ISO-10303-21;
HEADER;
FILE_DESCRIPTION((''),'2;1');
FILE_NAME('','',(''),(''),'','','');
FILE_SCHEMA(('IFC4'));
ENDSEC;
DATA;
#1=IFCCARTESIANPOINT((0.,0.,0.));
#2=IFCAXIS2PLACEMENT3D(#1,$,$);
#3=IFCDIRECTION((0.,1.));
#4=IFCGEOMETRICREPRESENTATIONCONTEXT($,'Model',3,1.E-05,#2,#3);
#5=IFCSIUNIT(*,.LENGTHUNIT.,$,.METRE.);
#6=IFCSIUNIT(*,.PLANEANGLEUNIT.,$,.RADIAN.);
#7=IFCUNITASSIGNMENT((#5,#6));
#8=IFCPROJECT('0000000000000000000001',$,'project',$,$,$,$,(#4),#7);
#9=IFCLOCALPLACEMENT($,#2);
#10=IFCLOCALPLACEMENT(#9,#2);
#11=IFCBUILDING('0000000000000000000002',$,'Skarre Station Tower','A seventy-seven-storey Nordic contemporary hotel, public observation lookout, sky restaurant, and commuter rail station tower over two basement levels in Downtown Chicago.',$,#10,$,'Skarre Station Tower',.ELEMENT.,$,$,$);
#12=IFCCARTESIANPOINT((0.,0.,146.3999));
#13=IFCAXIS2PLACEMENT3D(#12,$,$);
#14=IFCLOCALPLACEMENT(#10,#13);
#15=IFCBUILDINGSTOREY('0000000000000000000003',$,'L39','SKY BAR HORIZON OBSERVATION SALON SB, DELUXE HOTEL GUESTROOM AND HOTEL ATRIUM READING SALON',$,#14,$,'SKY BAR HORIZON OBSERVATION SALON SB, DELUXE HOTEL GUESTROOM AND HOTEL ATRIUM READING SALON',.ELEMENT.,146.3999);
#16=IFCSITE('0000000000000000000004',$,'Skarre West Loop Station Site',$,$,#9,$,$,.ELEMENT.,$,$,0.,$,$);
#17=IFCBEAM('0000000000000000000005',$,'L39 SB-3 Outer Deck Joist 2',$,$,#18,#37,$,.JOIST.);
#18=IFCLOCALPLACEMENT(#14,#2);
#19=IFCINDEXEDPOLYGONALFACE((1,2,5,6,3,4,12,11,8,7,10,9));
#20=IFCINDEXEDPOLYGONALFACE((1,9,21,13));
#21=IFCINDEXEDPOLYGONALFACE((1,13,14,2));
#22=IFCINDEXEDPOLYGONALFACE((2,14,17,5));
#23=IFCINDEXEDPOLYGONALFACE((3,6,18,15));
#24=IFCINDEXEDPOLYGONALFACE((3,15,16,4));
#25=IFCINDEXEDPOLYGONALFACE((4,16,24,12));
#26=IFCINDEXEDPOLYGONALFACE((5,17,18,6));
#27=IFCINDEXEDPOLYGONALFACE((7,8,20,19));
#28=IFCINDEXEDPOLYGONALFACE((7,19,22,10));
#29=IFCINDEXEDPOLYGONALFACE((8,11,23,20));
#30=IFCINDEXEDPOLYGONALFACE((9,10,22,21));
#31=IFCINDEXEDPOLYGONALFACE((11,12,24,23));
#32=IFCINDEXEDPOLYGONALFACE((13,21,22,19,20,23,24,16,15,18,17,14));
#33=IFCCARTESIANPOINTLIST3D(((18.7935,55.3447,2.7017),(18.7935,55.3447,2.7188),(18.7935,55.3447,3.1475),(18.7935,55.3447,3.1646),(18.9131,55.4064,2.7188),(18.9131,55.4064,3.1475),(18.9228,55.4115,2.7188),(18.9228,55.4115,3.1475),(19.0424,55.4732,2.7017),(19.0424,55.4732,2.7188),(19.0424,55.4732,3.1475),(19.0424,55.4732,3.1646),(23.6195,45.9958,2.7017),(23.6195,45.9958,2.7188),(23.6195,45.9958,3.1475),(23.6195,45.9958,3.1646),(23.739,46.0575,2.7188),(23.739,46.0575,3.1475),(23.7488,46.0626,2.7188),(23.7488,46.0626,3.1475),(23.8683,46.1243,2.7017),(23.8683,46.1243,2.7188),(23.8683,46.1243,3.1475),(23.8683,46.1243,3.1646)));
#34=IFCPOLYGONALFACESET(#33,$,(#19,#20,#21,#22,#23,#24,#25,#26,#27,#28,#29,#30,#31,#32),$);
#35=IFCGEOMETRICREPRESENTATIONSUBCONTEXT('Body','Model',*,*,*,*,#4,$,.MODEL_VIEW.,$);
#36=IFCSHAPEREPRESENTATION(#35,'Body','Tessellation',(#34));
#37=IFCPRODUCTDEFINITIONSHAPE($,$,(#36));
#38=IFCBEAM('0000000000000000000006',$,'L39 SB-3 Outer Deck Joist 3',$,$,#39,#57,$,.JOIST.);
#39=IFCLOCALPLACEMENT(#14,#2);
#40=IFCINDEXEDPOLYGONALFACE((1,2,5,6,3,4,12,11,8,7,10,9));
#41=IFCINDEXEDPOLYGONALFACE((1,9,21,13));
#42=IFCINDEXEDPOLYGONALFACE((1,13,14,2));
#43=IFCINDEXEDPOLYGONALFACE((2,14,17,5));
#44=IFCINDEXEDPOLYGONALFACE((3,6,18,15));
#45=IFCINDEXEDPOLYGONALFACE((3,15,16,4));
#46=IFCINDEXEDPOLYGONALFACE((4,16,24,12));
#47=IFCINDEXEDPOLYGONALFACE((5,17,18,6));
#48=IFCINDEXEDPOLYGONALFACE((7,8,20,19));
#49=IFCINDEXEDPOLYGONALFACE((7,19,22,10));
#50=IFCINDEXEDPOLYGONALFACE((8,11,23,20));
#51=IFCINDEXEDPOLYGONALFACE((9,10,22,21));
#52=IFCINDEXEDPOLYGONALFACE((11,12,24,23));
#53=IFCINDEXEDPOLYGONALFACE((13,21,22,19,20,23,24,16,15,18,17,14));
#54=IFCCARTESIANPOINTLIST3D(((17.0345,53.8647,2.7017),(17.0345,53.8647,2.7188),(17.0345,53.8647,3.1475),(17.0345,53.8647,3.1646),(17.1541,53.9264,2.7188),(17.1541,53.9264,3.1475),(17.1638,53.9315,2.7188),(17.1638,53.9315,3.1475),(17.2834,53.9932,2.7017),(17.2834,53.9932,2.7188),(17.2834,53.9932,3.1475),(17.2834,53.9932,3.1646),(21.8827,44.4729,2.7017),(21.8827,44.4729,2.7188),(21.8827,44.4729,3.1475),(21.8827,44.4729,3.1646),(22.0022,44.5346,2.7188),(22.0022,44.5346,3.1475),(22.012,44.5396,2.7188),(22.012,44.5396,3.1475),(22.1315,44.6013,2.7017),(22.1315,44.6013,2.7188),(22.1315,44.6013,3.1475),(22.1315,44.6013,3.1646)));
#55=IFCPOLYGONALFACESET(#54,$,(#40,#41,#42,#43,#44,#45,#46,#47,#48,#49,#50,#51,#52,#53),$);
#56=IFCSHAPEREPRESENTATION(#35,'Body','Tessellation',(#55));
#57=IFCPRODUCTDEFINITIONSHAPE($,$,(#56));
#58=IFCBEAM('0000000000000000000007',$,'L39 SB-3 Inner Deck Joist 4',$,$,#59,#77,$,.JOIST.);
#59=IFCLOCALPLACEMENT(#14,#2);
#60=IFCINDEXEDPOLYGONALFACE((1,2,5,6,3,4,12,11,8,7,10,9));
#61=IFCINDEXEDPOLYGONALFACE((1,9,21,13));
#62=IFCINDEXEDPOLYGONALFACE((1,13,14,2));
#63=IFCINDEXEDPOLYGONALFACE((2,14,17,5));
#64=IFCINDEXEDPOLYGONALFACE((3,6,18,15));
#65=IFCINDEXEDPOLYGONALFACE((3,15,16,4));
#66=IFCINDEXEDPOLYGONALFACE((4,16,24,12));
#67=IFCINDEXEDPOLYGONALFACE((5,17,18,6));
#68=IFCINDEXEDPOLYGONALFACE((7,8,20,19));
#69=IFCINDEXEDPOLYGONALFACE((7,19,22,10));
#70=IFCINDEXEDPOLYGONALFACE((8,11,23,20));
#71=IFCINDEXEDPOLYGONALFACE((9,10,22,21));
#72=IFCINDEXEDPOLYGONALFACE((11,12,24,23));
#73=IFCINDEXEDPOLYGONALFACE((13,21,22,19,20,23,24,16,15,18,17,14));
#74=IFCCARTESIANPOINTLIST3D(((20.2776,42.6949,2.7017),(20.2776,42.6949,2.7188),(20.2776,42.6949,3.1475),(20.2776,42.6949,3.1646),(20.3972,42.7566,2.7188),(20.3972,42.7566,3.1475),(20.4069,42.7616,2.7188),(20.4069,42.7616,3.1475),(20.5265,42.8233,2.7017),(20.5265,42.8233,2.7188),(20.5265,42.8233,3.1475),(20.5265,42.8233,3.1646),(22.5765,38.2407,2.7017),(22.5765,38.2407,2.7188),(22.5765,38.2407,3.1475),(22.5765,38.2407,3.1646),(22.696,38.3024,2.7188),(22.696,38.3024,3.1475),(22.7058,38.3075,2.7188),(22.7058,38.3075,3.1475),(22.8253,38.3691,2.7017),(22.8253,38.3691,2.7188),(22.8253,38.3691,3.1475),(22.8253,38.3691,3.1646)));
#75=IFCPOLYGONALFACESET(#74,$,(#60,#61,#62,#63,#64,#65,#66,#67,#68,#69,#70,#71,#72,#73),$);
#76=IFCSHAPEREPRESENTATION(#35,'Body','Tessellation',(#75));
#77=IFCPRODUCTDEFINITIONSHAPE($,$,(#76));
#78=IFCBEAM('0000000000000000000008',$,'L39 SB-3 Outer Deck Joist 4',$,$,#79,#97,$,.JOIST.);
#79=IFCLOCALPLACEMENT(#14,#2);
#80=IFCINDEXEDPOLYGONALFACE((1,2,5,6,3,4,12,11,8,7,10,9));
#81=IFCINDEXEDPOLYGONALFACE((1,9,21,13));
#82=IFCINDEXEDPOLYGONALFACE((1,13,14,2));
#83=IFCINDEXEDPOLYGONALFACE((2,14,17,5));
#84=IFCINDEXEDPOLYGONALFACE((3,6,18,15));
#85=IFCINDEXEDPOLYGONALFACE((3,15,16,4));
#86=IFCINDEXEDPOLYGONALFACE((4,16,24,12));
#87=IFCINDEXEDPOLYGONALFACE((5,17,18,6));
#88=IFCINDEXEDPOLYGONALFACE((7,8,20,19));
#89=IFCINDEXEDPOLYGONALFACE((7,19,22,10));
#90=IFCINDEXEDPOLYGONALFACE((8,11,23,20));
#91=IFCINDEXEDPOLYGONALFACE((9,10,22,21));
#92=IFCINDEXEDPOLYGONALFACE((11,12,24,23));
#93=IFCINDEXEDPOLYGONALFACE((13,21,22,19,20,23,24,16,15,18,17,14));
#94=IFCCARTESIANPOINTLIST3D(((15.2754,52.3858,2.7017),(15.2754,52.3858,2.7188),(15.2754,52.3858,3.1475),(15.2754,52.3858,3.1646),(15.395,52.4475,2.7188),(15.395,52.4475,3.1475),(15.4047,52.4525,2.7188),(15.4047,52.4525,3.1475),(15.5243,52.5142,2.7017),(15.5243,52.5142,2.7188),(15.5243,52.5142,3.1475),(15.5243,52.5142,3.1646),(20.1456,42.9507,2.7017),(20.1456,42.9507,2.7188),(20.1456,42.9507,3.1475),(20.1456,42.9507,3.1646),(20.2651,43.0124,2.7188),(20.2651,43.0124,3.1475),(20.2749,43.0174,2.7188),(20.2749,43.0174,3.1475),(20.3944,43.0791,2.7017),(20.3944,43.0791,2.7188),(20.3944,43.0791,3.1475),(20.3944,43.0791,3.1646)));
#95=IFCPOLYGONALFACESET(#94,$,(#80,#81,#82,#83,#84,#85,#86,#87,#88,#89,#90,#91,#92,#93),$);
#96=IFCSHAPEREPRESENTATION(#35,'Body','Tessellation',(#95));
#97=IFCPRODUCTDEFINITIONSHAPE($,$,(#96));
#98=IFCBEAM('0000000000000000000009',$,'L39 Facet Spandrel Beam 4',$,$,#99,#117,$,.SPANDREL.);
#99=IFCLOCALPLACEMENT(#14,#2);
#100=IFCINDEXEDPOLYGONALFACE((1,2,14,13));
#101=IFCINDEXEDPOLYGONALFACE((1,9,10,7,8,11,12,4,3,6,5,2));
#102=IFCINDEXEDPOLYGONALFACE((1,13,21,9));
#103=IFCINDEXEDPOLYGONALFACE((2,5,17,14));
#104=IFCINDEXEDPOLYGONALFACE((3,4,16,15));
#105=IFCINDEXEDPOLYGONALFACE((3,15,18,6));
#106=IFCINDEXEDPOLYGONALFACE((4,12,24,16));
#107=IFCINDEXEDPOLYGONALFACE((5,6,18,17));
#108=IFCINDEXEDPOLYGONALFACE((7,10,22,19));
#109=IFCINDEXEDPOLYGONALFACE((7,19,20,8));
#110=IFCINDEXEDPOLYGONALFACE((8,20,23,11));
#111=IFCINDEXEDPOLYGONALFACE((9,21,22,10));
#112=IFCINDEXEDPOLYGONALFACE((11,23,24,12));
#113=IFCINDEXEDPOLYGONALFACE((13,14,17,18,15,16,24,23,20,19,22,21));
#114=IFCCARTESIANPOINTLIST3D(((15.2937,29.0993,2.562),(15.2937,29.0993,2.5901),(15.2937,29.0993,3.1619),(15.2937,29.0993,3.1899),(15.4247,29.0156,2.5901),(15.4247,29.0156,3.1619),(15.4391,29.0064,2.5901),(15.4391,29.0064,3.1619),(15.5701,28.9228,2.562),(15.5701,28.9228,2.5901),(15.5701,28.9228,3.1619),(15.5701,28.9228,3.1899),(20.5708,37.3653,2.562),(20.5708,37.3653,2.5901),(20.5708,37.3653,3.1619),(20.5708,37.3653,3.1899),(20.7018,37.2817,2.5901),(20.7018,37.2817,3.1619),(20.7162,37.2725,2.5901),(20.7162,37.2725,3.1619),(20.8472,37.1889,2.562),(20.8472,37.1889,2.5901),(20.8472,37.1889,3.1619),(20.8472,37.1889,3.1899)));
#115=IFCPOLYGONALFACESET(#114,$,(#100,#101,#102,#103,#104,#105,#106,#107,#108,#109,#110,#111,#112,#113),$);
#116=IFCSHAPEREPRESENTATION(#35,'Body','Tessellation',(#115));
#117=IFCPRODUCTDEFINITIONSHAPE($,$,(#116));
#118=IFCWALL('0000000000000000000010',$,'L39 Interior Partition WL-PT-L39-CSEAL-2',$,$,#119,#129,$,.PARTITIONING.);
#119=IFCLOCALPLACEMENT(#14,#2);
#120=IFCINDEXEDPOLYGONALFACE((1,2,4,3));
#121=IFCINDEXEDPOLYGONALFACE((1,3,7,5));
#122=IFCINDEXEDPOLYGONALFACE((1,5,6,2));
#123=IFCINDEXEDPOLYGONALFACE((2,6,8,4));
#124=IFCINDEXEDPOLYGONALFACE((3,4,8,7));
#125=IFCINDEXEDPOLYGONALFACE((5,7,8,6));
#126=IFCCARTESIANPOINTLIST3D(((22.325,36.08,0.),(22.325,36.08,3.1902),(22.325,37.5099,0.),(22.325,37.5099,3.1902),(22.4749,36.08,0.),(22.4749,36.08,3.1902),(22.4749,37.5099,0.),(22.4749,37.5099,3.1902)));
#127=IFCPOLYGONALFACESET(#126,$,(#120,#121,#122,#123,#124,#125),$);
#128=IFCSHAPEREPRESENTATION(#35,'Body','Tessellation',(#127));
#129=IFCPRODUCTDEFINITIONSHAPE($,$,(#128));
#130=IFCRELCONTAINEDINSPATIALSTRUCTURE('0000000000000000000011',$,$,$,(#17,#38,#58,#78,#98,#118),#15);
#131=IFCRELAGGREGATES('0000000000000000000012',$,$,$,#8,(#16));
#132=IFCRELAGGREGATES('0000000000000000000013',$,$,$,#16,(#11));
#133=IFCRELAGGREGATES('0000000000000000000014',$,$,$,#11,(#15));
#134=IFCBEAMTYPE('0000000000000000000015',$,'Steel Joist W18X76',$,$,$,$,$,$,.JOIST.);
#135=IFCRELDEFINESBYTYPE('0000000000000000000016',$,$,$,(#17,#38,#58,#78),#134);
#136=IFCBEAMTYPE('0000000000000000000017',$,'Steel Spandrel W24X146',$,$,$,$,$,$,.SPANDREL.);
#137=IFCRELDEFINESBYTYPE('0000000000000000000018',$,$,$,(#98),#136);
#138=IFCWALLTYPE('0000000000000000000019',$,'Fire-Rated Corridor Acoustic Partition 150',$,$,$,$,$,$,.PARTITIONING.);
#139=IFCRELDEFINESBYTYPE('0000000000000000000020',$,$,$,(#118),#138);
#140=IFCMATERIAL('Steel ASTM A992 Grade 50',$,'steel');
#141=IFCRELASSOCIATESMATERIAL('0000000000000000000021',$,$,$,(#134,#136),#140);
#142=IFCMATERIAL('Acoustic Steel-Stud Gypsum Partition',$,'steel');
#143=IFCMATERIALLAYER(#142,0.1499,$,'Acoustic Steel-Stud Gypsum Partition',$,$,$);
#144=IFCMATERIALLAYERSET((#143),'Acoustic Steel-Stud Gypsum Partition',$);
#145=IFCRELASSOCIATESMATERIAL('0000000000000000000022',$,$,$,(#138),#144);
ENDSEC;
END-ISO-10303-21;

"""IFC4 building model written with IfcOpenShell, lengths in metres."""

from ifc_helpers import new_model, si_unit, direction, frame, frame_2d, origin, origin_2d, place, context, subcontext, project, spatial, rectangle, i_section, extrude, material, layer, layer_set, material_profile, profile_set, type_object, element, save


model = new_model("IFC4")

# Units and contexts
model_context = context("Model", 3, precision=1e-05, world=origin(), true_north=direction((0.0, 1.0)))
body_context = subcontext(model_context, "Body", "Model", "MODEL_VIEW")
ifc_project = project(units=[si_unit("LENGTHUNIT", "METRE"), si_unit("PLANEANGLEUNIT", "RADIAN")], contexts=[model_context])

# Site, building, storey
site_placement = place(None, origin())
site = spatial("IfcSite", under=ifc_project, at=site_placement, Name="Skarre West Loop Station Site", CompositionType="ELEMENT", RefElevation=0.0)
building_placement = place(site_placement, origin())
building = spatial("IfcBuilding", under=site, at=building_placement, Name="Skarre Station Tower", Description="A seventy-seven-storey Nordic contemporary hotel, public observation lookout, sky restaurant, and commuter rail station tower over two basement levels in Downtown Chicago.", LongName="Skarre Station Tower", CompositionType="ELEMENT")
storey_placement = place(building_placement, frame((0.0, 0.0, 146.3999)))
storey = spatial("IfcBuildingStorey", under=building, at=storey_placement, Name="L39", Description="SKY BAR HORIZON OBSERVATION SALON SB, DELUXE HOTEL GUESTROOM AND HOTEL ATRIUM READING SALON", LongName="SKY BAR HORIZON OBSERVATION SALON SB, DELUXE HOTEL GUESTROOM AND HOTEL ATRIUM READING SALON", CompositionType="ELEMENT", Elevation=146.3999)

# Beams
ifc_material_1 = material(Name="Steel ASTM A992 Grade 50", Category="steel")
ifc_material_profile_1 = material_profile(ifc_material_1, i_section(OverallWidth=0.28, OverallDepth=0.4629, WebThickness=0.011, FlangeThickness=0.0171, at=origin_2d()), Name="Steel ASTM A992 Grade 50")
ifc_profile_set_1 = profile_set([ifc_material_profile_1], Name="Steel ASTM A992 Grade 50")
beam_type_1 = type_object("IfcBeamType", Name="Steel Joist W18X76", PredefinedType="JOIST", material=ifc_profile_set_1)
beam_1_placement = place(storey_placement, frame((23.7439, 46.0601, 2.9331), z_axis=(-0.458696, 0.888594, 0.0), x_axis=(-0.888594, -0.458696, 0.0)))
element("IfcBeam", 1, at=beam_1_placement, inside=storey, type_object=beam_type_1, Name="L39 SB-3 Outer Deck Joist 2", PredefinedType="JOIST", context=body_context, shape_type="SweptSolid", body=[
    extrude(i_section(OverallWidth=0.28, OverallDepth=0.4629, WebThickness=0.011, FlangeThickness=0.0171, at=origin_2d()), origin(), (0.0, 0.0, 1.0), 10.521),
])
beam_2_placement = place(storey_placement, frame((22.0071, 44.5371, 2.9331), z_axis=(-0.458698, 0.888592, 0.0), x_axis=(-0.888592, -0.458698, 0.0)))
element("IfcBeam", 2, at=beam_2_placement, inside=storey, type_object=beam_type_1, Name="L39 SB-3 Outer Deck Joist 3", PredefinedType="JOIST", context=body_context, shape_type="SweptSolid", body=[
    extrude(i_section(OverallWidth=0.28, OverallDepth=0.4629, WebThickness=0.011, FlangeThickness=0.0171, at=origin_2d()), origin(), (0.0, 0.0, 1.0), 10.5693),
])
beam_3_placement = place(storey_placement, frame((22.7009, 38.3049, 2.9331), z_axis=(-0.458633, 0.888626, 0.0), x_axis=(-0.888626, -0.458633, 0.0)))
element("IfcBeam", 3, at=beam_3_placement, inside=storey, type_object=beam_type_1, Name="L39 SB-3 Inner Deck Joist 4", PredefinedType="JOIST", context=body_context, shape_type="SweptSolid", body=[
    extrude(i_section(OverallWidth=0.28, OverallDepth=0.4629, WebThickness=0.011, FlangeThickness=0.0171, at=origin_2d()), origin(), (0.0, 0.0, 1.0), 5.0125),
])
beam_4_placement = place(storey_placement, frame((20.27, 43.0149, 2.9331), z_axis=(-0.458673, 0.888605, 0.0), x_axis=(-0.888605, -0.458673, 0.0)))
element("IfcBeam", 4, at=beam_4_placement, inside=storey, type_object=beam_type_1, Name="L39 SB-3 Outer Deck Joist 4", PredefinedType="JOIST", context=body_context, shape_type="SweptSolid", body=[
    extrude(i_section(OverallWidth=0.28, OverallDepth=0.4629, WebThickness=0.011, FlangeThickness=0.0171, at=origin_2d()), origin(), (0.0, 0.0, 1.0), 10.6179),
])
ifc_material_profile_2 = material_profile(ifc_material_1, i_section(OverallWidth=0.3279, OverallDepth=0.6279, WebThickness=0.0171, FlangeThickness=0.0281, at=origin_2d()), Name="Steel ASTM A992 Grade 50")
ifc_profile_set_2 = profile_set([ifc_material_profile_2], Name="Steel ASTM A992 Grade 50")
beam_type_2 = type_object("IfcBeamType", Name="Steel Spandrel W24X146", PredefinedType="SPANDREL", material=ifc_profile_set_2)
beam_5_placement = place(storey_placement, frame((20.709, 37.2771, 2.876), z_axis=(-0.538098, -0.842883, 0.0), x_axis=(0.842883, -0.538098, 0.0)))
element("IfcBeam", 5, at=beam_5_placement, inside=storey, type_object=beam_type_2, Name="L39 Facet Spandrel Beam 4", PredefinedType="SPANDREL", context=body_context, shape_type="SweptSolid", body=[
    extrude(i_section(OverallWidth=0.3279, OverallDepth=0.6279, WebThickness=0.0171, FlangeThickness=0.0281, at=origin_2d()), origin(), (0.0, 0.0, 1.0), 9.8069),
])

# Wall
ifc_material_2 = material(Name="Acoustic Steel-Stud Gypsum Partition", Category="steel")
ifc_layer_1 = layer(ifc_material_2, 0.1499, Name="Acoustic Steel-Stud Gypsum Partition")
ifc_layer_set_1 = layer_set([ifc_layer_1], Name="Acoustic Steel-Stud Gypsum Partition")
wall_type_1 = type_object("IfcWallType", Name="Fire-Rated Corridor Acoustic Partition 150", PredefinedType="PARTITIONING", material=ifc_layer_set_1)
wall_1_placement = place(storey_placement, frame((22.3999, 36.0801, 0.0), z_axis=(0.0, 0.0, 1.0), x_axis=(0.0, 1.0, 0.0)))
element("IfcWall", 6, at=wall_1_placement, inside=storey, type_object=wall_type_1, Name="L39 Interior Partition WL-PT-L39-CSEAL-2", PredefinedType="PARTITIONING", context=body_context, shape_type="SweptSolid", body=[
    extrude(rectangle(XDim=1.4299, YDim=0.1499, at=frame_2d((0.7148, 0.0))), origin(), (0.0, 0.0, 1.0), 3.1902),
])

save(model, "model.ifc")
